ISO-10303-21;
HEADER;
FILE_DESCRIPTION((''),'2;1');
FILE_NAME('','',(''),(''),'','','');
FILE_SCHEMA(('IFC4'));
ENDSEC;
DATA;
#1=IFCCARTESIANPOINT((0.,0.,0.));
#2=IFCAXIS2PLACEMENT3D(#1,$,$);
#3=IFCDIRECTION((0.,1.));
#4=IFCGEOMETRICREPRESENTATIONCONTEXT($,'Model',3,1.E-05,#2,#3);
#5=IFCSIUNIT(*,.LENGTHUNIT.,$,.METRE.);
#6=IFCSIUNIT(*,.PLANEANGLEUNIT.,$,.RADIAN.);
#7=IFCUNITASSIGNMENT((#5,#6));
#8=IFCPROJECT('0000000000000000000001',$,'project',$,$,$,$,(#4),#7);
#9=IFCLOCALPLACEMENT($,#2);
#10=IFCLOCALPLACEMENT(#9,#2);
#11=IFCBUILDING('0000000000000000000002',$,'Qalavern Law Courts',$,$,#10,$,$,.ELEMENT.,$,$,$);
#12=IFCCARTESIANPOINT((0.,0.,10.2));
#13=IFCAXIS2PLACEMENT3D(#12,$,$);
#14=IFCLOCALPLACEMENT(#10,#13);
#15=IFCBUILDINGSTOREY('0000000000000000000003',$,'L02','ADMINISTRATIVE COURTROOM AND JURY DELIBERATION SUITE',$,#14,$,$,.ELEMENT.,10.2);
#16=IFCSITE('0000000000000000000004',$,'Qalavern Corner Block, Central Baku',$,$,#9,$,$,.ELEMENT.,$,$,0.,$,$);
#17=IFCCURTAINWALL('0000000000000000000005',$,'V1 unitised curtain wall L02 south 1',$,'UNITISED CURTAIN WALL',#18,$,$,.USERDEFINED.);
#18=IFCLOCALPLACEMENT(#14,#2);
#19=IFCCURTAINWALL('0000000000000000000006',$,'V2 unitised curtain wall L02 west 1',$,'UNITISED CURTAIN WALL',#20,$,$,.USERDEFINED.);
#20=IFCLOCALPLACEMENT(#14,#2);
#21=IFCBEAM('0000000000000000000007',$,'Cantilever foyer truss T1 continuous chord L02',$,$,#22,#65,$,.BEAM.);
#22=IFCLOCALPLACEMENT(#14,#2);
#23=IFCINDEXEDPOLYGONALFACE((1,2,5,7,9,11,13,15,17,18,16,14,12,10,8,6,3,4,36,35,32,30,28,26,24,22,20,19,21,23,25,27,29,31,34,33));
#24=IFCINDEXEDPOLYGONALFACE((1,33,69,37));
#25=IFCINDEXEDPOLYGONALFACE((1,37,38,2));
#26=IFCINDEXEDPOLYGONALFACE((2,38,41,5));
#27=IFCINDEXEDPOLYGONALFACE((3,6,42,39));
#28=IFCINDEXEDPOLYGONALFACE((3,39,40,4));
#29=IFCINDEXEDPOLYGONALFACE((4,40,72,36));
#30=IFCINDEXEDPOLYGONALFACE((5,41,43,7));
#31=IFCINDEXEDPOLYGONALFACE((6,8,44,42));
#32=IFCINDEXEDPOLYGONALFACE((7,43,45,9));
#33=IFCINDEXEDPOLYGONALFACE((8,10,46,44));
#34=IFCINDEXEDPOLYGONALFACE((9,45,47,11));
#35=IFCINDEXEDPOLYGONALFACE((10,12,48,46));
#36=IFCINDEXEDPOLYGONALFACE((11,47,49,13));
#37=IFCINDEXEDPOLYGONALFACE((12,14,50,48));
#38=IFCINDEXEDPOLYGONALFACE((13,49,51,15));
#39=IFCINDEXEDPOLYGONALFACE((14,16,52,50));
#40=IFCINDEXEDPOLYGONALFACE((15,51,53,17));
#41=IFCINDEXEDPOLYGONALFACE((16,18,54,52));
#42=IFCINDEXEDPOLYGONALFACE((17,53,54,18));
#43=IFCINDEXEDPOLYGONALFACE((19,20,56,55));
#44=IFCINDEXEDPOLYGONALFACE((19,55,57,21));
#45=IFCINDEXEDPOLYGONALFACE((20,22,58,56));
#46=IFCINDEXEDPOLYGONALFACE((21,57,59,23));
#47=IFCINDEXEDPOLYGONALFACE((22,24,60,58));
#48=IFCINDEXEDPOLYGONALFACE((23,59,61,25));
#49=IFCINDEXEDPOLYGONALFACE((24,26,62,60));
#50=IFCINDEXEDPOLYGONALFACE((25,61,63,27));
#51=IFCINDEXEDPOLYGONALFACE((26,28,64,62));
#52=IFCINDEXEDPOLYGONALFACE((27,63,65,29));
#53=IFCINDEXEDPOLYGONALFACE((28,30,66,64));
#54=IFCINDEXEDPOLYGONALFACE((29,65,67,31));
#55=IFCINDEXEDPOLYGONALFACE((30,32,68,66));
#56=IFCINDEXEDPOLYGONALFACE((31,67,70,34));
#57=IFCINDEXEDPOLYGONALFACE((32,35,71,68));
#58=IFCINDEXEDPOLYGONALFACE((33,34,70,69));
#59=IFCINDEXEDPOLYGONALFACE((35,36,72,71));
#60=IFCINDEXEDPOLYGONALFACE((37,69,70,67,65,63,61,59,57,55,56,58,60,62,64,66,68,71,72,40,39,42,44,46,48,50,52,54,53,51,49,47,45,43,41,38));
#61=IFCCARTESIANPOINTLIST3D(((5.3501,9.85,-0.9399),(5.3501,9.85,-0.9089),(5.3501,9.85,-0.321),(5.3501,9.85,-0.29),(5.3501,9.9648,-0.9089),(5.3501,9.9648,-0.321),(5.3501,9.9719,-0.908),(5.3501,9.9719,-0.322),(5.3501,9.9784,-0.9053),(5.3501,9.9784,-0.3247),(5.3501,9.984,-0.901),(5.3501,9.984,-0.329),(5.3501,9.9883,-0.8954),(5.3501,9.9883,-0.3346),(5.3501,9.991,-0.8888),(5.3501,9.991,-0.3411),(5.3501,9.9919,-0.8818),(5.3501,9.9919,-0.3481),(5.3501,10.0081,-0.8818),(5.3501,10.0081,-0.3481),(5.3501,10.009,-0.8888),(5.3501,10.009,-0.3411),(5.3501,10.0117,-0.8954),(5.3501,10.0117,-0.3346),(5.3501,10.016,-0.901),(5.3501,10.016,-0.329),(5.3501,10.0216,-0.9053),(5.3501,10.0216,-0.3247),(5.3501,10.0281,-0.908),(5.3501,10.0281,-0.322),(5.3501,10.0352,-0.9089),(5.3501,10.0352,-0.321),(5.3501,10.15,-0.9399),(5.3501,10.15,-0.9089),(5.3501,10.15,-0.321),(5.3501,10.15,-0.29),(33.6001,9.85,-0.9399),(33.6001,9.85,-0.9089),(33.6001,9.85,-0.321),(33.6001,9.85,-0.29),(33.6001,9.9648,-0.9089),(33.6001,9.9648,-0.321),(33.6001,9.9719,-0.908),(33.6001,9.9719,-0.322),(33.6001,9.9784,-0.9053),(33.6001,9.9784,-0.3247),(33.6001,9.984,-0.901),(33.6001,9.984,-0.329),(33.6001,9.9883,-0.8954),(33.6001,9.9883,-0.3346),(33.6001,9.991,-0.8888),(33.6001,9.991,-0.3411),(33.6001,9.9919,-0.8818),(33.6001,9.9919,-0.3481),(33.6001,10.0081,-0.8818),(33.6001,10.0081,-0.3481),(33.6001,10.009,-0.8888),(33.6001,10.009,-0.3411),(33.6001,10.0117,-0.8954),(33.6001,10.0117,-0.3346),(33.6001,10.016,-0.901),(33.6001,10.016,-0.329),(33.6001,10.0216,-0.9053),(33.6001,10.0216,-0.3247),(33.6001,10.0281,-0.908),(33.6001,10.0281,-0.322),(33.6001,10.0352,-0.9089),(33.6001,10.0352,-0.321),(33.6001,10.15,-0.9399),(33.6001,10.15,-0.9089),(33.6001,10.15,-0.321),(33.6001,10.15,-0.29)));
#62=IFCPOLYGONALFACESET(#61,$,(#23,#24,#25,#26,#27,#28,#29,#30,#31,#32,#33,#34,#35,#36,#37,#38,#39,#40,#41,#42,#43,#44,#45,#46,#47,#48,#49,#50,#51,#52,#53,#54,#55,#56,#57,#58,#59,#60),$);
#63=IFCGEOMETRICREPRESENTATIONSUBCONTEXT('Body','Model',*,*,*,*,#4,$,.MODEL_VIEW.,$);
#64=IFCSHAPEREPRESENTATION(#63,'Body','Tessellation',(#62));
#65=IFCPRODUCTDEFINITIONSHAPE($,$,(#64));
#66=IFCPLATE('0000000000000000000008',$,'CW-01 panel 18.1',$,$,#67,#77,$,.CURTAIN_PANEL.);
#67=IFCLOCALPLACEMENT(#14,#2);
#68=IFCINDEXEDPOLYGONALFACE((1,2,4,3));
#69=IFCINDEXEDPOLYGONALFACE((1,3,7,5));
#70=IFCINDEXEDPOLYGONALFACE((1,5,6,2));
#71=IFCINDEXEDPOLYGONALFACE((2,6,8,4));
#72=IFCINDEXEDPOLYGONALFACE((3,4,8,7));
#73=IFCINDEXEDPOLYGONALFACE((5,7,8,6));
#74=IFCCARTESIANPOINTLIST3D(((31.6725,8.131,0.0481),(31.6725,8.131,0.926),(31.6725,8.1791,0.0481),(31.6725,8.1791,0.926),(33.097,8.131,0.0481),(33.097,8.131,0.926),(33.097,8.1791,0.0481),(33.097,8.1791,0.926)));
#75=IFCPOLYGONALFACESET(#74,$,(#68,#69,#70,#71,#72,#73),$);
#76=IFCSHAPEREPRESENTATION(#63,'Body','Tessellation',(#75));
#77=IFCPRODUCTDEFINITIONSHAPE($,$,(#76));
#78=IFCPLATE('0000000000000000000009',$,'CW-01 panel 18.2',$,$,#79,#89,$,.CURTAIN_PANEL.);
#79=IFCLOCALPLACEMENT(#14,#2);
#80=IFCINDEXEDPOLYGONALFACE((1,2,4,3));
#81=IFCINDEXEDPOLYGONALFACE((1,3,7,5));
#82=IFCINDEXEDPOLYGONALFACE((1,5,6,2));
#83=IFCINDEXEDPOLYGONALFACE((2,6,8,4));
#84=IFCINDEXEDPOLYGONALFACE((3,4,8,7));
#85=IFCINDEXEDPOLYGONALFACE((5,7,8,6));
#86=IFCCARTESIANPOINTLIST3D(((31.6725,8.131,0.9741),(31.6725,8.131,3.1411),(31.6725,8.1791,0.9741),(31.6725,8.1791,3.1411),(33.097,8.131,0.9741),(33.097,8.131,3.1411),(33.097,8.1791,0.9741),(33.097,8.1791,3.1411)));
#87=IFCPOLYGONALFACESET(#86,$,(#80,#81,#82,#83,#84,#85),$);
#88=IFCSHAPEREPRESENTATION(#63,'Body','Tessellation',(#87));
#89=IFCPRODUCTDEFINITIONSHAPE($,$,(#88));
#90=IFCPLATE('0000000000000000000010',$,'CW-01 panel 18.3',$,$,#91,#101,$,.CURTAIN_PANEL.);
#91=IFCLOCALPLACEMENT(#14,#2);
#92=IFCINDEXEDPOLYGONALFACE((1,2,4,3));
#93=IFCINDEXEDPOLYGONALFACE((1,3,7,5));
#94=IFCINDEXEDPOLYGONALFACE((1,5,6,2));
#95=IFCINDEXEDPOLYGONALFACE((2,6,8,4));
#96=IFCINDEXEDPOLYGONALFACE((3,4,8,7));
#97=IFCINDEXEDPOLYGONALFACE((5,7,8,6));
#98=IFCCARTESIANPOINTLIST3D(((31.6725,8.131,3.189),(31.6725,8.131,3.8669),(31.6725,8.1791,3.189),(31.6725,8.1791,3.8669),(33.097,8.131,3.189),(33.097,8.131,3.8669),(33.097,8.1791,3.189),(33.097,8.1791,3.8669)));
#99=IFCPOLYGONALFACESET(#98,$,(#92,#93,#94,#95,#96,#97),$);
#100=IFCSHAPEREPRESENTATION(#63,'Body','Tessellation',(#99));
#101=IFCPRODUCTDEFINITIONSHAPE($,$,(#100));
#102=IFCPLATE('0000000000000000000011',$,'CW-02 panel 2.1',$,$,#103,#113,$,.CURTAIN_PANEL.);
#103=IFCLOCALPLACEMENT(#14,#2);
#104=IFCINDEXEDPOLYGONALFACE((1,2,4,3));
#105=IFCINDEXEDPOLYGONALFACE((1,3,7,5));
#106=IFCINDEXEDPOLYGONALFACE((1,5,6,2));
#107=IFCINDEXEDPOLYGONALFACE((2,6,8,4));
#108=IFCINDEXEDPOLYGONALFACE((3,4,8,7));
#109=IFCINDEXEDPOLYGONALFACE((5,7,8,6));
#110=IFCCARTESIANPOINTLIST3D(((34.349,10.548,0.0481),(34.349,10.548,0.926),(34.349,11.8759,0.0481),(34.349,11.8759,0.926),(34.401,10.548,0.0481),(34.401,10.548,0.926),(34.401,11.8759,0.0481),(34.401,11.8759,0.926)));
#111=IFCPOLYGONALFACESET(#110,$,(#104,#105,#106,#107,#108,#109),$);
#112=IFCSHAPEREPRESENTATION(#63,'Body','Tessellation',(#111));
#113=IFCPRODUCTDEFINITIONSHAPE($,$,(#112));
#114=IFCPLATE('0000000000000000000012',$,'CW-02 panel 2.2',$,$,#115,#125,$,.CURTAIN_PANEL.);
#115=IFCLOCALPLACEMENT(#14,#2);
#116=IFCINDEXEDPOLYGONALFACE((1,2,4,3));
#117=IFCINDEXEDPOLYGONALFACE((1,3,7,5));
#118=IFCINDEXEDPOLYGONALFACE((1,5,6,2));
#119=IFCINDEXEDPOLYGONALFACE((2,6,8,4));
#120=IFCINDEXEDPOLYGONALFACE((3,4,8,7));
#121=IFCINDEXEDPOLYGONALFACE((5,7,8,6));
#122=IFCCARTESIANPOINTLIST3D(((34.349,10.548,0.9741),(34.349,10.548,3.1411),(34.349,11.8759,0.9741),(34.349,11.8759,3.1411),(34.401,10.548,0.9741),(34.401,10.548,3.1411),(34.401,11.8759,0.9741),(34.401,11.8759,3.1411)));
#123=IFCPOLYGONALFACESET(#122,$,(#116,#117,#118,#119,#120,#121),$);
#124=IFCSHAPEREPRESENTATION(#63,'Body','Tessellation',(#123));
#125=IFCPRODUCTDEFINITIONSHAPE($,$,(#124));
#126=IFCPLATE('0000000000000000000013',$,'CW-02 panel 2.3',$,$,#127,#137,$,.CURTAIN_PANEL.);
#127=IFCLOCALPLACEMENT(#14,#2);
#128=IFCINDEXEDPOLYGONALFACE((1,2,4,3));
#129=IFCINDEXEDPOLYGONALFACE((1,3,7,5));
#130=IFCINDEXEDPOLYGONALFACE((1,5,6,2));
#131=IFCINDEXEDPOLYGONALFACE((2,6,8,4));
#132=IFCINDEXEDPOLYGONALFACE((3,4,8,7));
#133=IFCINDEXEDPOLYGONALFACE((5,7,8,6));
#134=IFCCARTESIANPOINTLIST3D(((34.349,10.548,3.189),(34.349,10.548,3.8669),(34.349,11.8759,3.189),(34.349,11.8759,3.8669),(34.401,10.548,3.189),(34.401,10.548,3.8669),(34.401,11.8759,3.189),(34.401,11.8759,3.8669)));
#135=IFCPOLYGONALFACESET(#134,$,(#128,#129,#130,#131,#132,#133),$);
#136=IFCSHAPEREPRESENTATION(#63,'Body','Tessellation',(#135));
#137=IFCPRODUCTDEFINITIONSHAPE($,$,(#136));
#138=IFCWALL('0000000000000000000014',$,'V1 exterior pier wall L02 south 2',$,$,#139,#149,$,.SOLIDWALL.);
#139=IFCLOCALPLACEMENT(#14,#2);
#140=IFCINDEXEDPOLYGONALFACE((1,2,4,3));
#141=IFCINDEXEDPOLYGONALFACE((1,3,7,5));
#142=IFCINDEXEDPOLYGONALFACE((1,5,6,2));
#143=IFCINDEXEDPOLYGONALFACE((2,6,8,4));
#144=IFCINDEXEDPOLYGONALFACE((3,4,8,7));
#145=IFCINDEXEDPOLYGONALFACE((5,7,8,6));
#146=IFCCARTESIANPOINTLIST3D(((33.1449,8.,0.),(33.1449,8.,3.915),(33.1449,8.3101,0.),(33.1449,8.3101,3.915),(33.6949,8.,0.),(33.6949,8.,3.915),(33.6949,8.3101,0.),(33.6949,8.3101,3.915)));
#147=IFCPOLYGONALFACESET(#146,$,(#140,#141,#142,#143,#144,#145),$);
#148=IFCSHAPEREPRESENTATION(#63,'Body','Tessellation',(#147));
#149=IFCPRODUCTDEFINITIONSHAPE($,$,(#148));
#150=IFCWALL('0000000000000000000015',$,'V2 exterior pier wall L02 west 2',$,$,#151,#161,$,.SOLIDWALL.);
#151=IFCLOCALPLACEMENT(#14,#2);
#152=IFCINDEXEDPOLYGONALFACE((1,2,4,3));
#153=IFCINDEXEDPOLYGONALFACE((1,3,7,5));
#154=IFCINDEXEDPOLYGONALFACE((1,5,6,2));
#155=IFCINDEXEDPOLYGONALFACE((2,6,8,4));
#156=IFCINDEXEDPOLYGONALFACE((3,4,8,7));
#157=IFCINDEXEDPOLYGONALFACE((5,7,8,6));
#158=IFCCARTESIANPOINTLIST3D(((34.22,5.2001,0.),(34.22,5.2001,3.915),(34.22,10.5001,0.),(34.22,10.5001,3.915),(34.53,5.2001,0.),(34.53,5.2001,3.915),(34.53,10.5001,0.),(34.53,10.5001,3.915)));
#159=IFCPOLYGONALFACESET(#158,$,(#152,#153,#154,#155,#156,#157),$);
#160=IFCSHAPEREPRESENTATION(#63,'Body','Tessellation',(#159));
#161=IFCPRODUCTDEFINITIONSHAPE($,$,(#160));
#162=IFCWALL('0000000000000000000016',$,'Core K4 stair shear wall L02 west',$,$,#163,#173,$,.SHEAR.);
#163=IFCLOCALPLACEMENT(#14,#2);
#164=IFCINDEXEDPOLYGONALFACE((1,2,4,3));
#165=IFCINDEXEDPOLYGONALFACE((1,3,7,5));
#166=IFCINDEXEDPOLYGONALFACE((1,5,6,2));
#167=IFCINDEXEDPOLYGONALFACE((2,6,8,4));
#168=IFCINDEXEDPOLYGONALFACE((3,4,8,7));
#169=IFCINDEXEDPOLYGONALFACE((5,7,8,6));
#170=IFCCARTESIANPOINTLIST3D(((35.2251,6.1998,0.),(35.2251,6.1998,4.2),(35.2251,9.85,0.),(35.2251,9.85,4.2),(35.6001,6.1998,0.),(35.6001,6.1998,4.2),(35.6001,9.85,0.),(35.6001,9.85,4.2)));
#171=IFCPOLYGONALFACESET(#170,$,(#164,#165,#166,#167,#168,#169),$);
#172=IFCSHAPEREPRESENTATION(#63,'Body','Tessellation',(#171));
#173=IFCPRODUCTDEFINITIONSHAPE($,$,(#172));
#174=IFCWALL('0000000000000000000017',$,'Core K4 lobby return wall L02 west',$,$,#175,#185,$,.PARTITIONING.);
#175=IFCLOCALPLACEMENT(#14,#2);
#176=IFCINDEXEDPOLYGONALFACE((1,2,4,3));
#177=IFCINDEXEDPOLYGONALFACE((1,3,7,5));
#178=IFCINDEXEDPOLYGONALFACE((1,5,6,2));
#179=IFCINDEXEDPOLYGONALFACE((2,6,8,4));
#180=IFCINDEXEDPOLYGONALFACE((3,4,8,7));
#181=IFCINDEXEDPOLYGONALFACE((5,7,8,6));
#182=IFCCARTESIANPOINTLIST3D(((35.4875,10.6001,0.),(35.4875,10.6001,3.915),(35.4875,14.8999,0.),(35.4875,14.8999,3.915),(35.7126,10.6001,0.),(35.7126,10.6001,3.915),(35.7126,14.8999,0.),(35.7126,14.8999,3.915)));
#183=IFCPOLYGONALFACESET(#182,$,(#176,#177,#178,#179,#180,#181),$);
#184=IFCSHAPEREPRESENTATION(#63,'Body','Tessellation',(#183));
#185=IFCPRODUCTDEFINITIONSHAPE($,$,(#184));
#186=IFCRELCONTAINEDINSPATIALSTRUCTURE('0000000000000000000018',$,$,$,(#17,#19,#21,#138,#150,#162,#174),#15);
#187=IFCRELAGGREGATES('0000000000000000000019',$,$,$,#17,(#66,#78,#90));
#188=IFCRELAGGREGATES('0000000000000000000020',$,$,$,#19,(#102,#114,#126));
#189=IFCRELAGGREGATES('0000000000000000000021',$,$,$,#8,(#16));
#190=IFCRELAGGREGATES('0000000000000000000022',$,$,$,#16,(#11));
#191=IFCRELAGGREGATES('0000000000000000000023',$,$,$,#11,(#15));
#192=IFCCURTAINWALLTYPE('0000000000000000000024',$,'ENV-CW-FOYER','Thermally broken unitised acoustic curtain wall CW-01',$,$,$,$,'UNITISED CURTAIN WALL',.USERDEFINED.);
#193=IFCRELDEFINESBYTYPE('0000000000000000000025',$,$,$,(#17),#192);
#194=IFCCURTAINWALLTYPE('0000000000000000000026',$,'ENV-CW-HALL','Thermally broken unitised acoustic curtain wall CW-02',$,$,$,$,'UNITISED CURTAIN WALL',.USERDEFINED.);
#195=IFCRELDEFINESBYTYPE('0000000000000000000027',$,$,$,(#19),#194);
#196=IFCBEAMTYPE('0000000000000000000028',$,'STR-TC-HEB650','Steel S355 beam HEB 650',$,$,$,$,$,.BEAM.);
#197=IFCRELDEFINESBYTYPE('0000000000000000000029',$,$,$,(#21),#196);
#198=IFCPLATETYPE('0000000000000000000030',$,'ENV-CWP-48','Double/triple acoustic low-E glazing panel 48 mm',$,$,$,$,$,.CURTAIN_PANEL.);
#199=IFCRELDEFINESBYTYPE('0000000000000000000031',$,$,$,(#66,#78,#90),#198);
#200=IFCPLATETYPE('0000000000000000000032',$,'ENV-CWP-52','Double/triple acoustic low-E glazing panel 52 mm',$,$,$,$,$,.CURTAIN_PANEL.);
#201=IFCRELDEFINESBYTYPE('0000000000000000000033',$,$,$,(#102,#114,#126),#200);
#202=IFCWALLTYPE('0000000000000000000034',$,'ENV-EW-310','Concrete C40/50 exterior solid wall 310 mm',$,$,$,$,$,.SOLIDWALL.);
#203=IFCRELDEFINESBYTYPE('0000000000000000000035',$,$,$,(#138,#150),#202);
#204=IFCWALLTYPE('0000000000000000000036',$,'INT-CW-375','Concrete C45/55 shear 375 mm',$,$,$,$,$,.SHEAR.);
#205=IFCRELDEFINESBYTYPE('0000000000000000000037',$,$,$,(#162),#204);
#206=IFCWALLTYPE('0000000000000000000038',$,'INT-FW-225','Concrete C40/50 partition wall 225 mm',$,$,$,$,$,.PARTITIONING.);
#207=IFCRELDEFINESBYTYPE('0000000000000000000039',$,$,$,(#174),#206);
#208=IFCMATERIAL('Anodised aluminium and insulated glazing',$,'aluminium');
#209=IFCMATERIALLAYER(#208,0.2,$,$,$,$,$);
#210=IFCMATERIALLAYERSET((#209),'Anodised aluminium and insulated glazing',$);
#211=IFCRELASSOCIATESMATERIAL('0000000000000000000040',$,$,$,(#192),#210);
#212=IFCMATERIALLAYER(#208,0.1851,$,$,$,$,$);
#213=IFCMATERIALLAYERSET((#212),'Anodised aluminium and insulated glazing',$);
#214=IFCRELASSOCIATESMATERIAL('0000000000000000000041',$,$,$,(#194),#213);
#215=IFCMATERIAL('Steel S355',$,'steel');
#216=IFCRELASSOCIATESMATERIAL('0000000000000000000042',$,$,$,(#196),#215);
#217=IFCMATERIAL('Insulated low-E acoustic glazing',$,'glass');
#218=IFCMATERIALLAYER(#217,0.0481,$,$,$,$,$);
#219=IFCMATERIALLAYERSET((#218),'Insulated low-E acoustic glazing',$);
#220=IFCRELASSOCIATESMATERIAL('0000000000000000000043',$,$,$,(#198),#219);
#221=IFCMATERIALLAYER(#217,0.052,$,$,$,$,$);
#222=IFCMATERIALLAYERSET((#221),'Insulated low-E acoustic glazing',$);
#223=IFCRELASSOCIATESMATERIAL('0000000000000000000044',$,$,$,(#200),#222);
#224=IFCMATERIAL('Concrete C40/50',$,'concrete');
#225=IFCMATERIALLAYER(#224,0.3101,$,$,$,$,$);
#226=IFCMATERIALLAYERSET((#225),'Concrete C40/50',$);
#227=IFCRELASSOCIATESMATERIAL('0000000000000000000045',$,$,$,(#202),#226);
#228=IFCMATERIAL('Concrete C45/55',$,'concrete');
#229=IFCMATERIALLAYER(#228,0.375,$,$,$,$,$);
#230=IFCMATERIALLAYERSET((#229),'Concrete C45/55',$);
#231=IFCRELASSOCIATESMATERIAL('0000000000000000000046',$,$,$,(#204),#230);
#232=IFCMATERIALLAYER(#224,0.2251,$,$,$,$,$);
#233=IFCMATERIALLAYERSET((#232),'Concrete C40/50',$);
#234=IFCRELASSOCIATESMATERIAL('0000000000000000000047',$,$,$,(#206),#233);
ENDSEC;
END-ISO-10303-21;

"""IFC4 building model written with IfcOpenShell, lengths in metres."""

from ifc_helpers import new_model, si_unit, direction, frame, frame_2d, origin, origin_2d, place, context, subcontext, project, spatial, rectangle, i_section, extrude, material, layer, layer_set, material_profile, profile_set, type_object, element, aggregate, save


model = new_model("IFC4")

# Units and contexts
model_context = context("Model", 3, precision=1e-05, world=origin(), true_north=direction((0.0, 1.0)))
body_context = subcontext(model_context, "Body", "Model", "MODEL_VIEW")
ifc_project = project(units=[si_unit("LENGTHUNIT", "METRE"), si_unit("PLANEANGLEUNIT", "RADIAN")], contexts=[model_context])

# Site, building, storey
site_placement = place(None, origin())
site = spatial("IfcSite", under=ifc_project, at=site_placement, Name="Qalavern Corner Block, Central Baku", CompositionType="ELEMENT", RefElevation=0.0)
building_placement = place(site_placement, origin())
building = spatial("IfcBuilding", under=site, at=building_placement, Name="Qalavern Law Courts", CompositionType="ELEMENT")
storey_placement = place(building_placement, frame((0.0, 0.0, 10.2)))
storey = spatial("IfcBuildingStorey", under=building, at=storey_placement, Name="L02", Description="ADMINISTRATIVE COURTROOM AND JURY DELIBERATION SUITE", CompositionType="ELEMENT", Elevation=10.2)

# Shared definitions
ifc_material_1 = material(Name="Concrete C45/55", Category="concrete")

# Curtain walls
ifc_material_2 = material(Name="Anodised aluminium and insulated glazing", Category="aluminium")
ifc_layer_1 = layer(ifc_material_2, 0.2)
ifc_layer_set_1 = layer_set([ifc_layer_1], Name="Anodised aluminium and insulated glazing")
curtain_wall_type_1 = type_object("IfcCurtainWallType", Name="ENV-CW-FOYER", Description="Thermally broken unitised acoustic curtain wall CW-01", ElementType="UNITISED CURTAIN WALL", PredefinedType="USERDEFINED", material=ifc_layer_set_1)
curtain_wall_1_placement = place(storey_placement, origin())
curtain_wall_1 = element("IfcCurtainWall", 1, at=curtain_wall_1_placement, inside=storey, type_object=curtain_wall_type_1, Name="V1 unitised curtain wall L02 south 1", ObjectType="UNITISED CURTAIN WALL", PredefinedType="USERDEFINED")
ifc_layer_2 = layer(ifc_material_2, 0.1851)
ifc_layer_set_2 = layer_set([ifc_layer_2], Name="Anodised aluminium and insulated glazing")
curtain_wall_type_2 = type_object("IfcCurtainWallType", Name="ENV-CW-HALL", Description="Thermally broken unitised acoustic curtain wall CW-02", ElementType="UNITISED CURTAIN WALL", PredefinedType="USERDEFINED", material=ifc_layer_set_2)
curtain_wall_2_placement = place(storey_placement, origin())
curtain_wall_2 = element("IfcCurtainWall", 2, at=curtain_wall_2_placement, inside=storey, type_object=curtain_wall_type_2, Name="V2 unitised curtain wall L02 west 1", ObjectType="UNITISED CURTAIN WALL", PredefinedType="USERDEFINED")

# Shared definitions
ifc_material_3 = material(Name="Steel S355", Category="steel")

# Beam
ifc_material_profile_1 = material_profile(ifc_material_3, i_section(OverallWidth=0.3, OverallDepth=0.6499, WebThickness=0.0161, FlangeThickness=0.031, FilletRadius=0.0271, at=origin_2d()), Name="HEB 650")
ifc_profile_set_1 = profile_set([ifc_material_profile_1], Name="Steel S355")
beam_type_1 = type_object("IfcBeamType", Name="STR-TC-HEB650", Description="Steel S355 beam HEB 650", PredefinedType="BEAM", material=ifc_profile_set_1)
beam_1_placement = place(storey_placement, frame((33.6001, 10.0, -0.615), z_axis=(-1.0, 0.0, 0.0), x_axis=(0.0, -1.0, 0.0)))
element("IfcBeam", 3, at=beam_1_placement, inside=storey, type_object=beam_type_1, Name="Cantilever foyer truss T1 continuous chord L02", PredefinedType="BEAM", context=body_context, shape_type="SweptSolid", body=[
    extrude(i_section(OverallWidth=0.3, OverallDepth=0.6499, WebThickness=0.0161, FlangeThickness=0.031, FilletRadius=0.0271, at=origin_2d()), origin(), (0.0, 0.0, 1.0), 28.25),
])

# Plates
ifc_material_4 = material(Name="Insulated low-E acoustic glazing", Category="glass")
ifc_layer_3 = layer(ifc_material_4, 0.0481)
ifc_layer_set_3 = layer_set([ifc_layer_3], Name="Insulated low-E acoustic glazing")
plate_type_1 = type_object("IfcPlateType", Name="ENV-CWP-48", Description="Double/triple acoustic low-E glazing panel 48 mm", PredefinedType="CURTAIN_PANEL", material=ifc_layer_set_3)
plate_1_placement = place(storey_placement, frame((32.3848, 8.155, 0.0481), z_axis=(0.0, 0.0, 1.0), x_axis=(1.0, 0.0, 0.0)))
plate_1 = element("IfcPlate", 4, at=plate_1_placement, type_object=plate_type_1, Name="CW-01 panel 18.1", PredefinedType="CURTAIN_PANEL", context=body_context, shape_type="SweptSolid", body=[
    extrude(rectangle(XDim=1.4246, YDim=0.0481, at=origin_2d()), origin(), (0.0, 0.0, 1.0), 0.8779),
])
plate_2_placement = place(storey_placement, frame((32.3848, 8.155, 0.9741), z_axis=(0.0, 0.0, 1.0), x_axis=(1.0, 0.0, 0.0)))
plate_2 = element("IfcPlate", 5, at=plate_2_placement, type_object=plate_type_1, Name="CW-01 panel 18.2", PredefinedType="CURTAIN_PANEL", context=body_context, shape_type="SweptSolid", body=[
    extrude(rectangle(XDim=1.4246, YDim=0.0481, at=origin_2d()), origin(), (0.0, 0.0, 1.0), 2.167),
])
plate_3_placement = place(storey_placement, frame((32.3848, 8.155, 3.189), z_axis=(0.0, 0.0, 1.0), x_axis=(1.0, 0.0, 0.0)))
plate_3 = element("IfcPlate", 6, at=plate_3_placement, type_object=plate_type_1, Name="CW-01 panel 18.3", PredefinedType="CURTAIN_PANEL", context=body_context, shape_type="SweptSolid", body=[
    extrude(rectangle(XDim=1.4246, YDim=0.0481, at=origin_2d()), origin(), (0.0, 0.0, 1.0), 0.678),
])
aggregate(curtain_wall_1, [plate_1, plate_2, plate_3])
ifc_layer_4 = layer(ifc_material_4, 0.052)
ifc_layer_set_4 = layer_set([ifc_layer_4], Name="Insulated low-E acoustic glazing")
plate_type_2 = type_object("IfcPlateType", Name="ENV-CWP-52", Description="Double/triple acoustic low-E glazing panel 52 mm", PredefinedType="CURTAIN_PANEL", material=ifc_layer_set_4)
plate_4_placement = place(storey_placement, frame((34.375, 11.2119, 0.0481), z_axis=(0.0, 0.0, 1.0), x_axis=(0.0, -1.0, 0.0)))
plate_4 = element("IfcPlate", 7, at=plate_4_placement, type_object=plate_type_2, Name="CW-02 panel 2.1", PredefinedType="CURTAIN_PANEL", context=body_context, shape_type="SweptSolid", body=[
    extrude(rectangle(XDim=1.3279, YDim=0.052, at=origin_2d()), origin(), (0.0, 0.0, 1.0), 0.8779),
])
plate_5_placement = place(storey_placement, frame((34.375, 11.2119, 0.9741), z_axis=(0.0, 0.0, 1.0), x_axis=(0.0, -1.0, 0.0)))
plate_5 = element("IfcPlate", 8, at=plate_5_placement, type_object=plate_type_2, Name="CW-02 panel 2.2", PredefinedType="CURTAIN_PANEL", context=body_context, shape_type="SweptSolid", body=[
    extrude(rectangle(XDim=1.3279, YDim=0.052, at=origin_2d()), origin(), (0.0, 0.0, 1.0), 2.167),
])
plate_6_placement = place(storey_placement, frame((34.375, 11.2119, 3.189), z_axis=(0.0, 0.0, 1.0), x_axis=(0.0, -1.0, 0.0)))
plate_6 = element("IfcPlate", 9, at=plate_6_placement, type_object=plate_type_2, Name="CW-02 panel 2.3", PredefinedType="CURTAIN_PANEL", context=body_context, shape_type="SweptSolid", body=[
    extrude(rectangle(XDim=1.3279, YDim=0.052, at=origin_2d()), origin(), (0.0, 0.0, 1.0), 0.678),
])
aggregate(curtain_wall_2, [plate_4, plate_5, plate_6])

# Walls
ifc_material_5 = material(Name="Concrete C40/50", Category="concrete")
ifc_layer_5 = layer(ifc_material_5, 0.3101)
ifc_layer_set_5 = layer_set([ifc_layer_5], Name="Concrete C40/50")
wall_type_1 = type_object("IfcWallType", Name="ENV-EW-310", Description="Concrete C40/50 exterior solid wall 310 mm", PredefinedType="SOLIDWALL", material=ifc_layer_set_5)
wall_1_placement = place(storey_placement, frame((33.145, 8.155, 0.0), z_axis=(0.0, 0.0, 1.0), x_axis=(1.0, 0.0, 0.0)))
element("IfcWall", 10, at=wall_1_placement, inside=storey, type_object=wall_type_1, Name="V1 exterior pier wall L02 south 2", PredefinedType="SOLIDWALL", context=body_context, shape_type="SweptSolid", body=[
    extrude(rectangle(XDim=0.55, YDim=0.3101, at=frame_2d((0.2749, 0.0))), origin(), (0.0, 0.0, 1.0), 3.915),
])
wall_2_placement = place(storey_placement, frame((34.375, 10.5, 0.0), z_axis=(0.0, 0.0, 1.0), x_axis=(0.0, -1.0, 0.0)))
element("IfcWall", 11, at=wall_2_placement, inside=storey, type_object=wall_type_1, Name="V2 exterior pier wall L02 west 2", PredefinedType="SOLIDWALL", context=body_context, shape_type="SweptSolid", body=[
    extrude(rectangle(XDim=5.3, YDim=0.3101, at=frame_2d((2.6499, 0.0))), origin(), (0.0, 0.0, 1.0), 3.915),
])
ifc_layer_6 = layer(ifc_material_1, 0.375)
ifc_layer_set_6 = layer_set([ifc_layer_6], Name="Concrete C45/55")
wall_type_2 = type_object("IfcWallType", Name="INT-CW-375", Description="Concrete C45/55 shear 375 mm", PredefinedType="SHEAR", material=ifc_layer_set_6)
wall_3_placement = place(storey_placement, frame((35.4126, 9.8501, 0.0), z_axis=(0.0, 0.0, 1.0), x_axis=(0.0, -1.0, 0.0)))
element("IfcWall", 12, at=wall_3_placement, inside=storey, type_object=wall_type_2, Name="Core K4 stair shear wall L02 west", PredefinedType="SHEAR", context=body_context, shape_type="SweptSolid", body=[
    extrude(rectangle(XDim=3.6501, YDim=0.375, at=frame_2d((1.8252, 0.0))), origin(), (0.0, 0.0, 1.0), 4.2),
])
ifc_layer_7 = layer(ifc_material_5, 0.2251)
ifc_layer_set_7 = layer_set([ifc_layer_7], Name="Concrete C40/50")
wall_type_3 = type_object("IfcWallType", Name="INT-FW-225", Description="Concrete C40/50 partition wall 225 mm", PredefinedType="PARTITIONING", material=ifc_layer_set_7)
wall_4_placement = place(storey_placement, frame((35.6001, 10.6001, 0.0), z_axis=(0.0, 0.0, 1.0), x_axis=(0.0, 1.0, 0.0)))
element("IfcWall", 13, at=wall_4_placement, inside=storey, type_object=wall_type_3, Name="Core K4 lobby return wall L02 west", PredefinedType="PARTITIONING", context=body_context, shape_type="SweptSolid", body=[
    extrude(rectangle(XDim=4.2998, YDim=0.2251, at=frame_2d((2.1499, 0.0))), origin(), (0.0, 0.0, 1.0), 3.915),
])

save(model, "model.ifc")
